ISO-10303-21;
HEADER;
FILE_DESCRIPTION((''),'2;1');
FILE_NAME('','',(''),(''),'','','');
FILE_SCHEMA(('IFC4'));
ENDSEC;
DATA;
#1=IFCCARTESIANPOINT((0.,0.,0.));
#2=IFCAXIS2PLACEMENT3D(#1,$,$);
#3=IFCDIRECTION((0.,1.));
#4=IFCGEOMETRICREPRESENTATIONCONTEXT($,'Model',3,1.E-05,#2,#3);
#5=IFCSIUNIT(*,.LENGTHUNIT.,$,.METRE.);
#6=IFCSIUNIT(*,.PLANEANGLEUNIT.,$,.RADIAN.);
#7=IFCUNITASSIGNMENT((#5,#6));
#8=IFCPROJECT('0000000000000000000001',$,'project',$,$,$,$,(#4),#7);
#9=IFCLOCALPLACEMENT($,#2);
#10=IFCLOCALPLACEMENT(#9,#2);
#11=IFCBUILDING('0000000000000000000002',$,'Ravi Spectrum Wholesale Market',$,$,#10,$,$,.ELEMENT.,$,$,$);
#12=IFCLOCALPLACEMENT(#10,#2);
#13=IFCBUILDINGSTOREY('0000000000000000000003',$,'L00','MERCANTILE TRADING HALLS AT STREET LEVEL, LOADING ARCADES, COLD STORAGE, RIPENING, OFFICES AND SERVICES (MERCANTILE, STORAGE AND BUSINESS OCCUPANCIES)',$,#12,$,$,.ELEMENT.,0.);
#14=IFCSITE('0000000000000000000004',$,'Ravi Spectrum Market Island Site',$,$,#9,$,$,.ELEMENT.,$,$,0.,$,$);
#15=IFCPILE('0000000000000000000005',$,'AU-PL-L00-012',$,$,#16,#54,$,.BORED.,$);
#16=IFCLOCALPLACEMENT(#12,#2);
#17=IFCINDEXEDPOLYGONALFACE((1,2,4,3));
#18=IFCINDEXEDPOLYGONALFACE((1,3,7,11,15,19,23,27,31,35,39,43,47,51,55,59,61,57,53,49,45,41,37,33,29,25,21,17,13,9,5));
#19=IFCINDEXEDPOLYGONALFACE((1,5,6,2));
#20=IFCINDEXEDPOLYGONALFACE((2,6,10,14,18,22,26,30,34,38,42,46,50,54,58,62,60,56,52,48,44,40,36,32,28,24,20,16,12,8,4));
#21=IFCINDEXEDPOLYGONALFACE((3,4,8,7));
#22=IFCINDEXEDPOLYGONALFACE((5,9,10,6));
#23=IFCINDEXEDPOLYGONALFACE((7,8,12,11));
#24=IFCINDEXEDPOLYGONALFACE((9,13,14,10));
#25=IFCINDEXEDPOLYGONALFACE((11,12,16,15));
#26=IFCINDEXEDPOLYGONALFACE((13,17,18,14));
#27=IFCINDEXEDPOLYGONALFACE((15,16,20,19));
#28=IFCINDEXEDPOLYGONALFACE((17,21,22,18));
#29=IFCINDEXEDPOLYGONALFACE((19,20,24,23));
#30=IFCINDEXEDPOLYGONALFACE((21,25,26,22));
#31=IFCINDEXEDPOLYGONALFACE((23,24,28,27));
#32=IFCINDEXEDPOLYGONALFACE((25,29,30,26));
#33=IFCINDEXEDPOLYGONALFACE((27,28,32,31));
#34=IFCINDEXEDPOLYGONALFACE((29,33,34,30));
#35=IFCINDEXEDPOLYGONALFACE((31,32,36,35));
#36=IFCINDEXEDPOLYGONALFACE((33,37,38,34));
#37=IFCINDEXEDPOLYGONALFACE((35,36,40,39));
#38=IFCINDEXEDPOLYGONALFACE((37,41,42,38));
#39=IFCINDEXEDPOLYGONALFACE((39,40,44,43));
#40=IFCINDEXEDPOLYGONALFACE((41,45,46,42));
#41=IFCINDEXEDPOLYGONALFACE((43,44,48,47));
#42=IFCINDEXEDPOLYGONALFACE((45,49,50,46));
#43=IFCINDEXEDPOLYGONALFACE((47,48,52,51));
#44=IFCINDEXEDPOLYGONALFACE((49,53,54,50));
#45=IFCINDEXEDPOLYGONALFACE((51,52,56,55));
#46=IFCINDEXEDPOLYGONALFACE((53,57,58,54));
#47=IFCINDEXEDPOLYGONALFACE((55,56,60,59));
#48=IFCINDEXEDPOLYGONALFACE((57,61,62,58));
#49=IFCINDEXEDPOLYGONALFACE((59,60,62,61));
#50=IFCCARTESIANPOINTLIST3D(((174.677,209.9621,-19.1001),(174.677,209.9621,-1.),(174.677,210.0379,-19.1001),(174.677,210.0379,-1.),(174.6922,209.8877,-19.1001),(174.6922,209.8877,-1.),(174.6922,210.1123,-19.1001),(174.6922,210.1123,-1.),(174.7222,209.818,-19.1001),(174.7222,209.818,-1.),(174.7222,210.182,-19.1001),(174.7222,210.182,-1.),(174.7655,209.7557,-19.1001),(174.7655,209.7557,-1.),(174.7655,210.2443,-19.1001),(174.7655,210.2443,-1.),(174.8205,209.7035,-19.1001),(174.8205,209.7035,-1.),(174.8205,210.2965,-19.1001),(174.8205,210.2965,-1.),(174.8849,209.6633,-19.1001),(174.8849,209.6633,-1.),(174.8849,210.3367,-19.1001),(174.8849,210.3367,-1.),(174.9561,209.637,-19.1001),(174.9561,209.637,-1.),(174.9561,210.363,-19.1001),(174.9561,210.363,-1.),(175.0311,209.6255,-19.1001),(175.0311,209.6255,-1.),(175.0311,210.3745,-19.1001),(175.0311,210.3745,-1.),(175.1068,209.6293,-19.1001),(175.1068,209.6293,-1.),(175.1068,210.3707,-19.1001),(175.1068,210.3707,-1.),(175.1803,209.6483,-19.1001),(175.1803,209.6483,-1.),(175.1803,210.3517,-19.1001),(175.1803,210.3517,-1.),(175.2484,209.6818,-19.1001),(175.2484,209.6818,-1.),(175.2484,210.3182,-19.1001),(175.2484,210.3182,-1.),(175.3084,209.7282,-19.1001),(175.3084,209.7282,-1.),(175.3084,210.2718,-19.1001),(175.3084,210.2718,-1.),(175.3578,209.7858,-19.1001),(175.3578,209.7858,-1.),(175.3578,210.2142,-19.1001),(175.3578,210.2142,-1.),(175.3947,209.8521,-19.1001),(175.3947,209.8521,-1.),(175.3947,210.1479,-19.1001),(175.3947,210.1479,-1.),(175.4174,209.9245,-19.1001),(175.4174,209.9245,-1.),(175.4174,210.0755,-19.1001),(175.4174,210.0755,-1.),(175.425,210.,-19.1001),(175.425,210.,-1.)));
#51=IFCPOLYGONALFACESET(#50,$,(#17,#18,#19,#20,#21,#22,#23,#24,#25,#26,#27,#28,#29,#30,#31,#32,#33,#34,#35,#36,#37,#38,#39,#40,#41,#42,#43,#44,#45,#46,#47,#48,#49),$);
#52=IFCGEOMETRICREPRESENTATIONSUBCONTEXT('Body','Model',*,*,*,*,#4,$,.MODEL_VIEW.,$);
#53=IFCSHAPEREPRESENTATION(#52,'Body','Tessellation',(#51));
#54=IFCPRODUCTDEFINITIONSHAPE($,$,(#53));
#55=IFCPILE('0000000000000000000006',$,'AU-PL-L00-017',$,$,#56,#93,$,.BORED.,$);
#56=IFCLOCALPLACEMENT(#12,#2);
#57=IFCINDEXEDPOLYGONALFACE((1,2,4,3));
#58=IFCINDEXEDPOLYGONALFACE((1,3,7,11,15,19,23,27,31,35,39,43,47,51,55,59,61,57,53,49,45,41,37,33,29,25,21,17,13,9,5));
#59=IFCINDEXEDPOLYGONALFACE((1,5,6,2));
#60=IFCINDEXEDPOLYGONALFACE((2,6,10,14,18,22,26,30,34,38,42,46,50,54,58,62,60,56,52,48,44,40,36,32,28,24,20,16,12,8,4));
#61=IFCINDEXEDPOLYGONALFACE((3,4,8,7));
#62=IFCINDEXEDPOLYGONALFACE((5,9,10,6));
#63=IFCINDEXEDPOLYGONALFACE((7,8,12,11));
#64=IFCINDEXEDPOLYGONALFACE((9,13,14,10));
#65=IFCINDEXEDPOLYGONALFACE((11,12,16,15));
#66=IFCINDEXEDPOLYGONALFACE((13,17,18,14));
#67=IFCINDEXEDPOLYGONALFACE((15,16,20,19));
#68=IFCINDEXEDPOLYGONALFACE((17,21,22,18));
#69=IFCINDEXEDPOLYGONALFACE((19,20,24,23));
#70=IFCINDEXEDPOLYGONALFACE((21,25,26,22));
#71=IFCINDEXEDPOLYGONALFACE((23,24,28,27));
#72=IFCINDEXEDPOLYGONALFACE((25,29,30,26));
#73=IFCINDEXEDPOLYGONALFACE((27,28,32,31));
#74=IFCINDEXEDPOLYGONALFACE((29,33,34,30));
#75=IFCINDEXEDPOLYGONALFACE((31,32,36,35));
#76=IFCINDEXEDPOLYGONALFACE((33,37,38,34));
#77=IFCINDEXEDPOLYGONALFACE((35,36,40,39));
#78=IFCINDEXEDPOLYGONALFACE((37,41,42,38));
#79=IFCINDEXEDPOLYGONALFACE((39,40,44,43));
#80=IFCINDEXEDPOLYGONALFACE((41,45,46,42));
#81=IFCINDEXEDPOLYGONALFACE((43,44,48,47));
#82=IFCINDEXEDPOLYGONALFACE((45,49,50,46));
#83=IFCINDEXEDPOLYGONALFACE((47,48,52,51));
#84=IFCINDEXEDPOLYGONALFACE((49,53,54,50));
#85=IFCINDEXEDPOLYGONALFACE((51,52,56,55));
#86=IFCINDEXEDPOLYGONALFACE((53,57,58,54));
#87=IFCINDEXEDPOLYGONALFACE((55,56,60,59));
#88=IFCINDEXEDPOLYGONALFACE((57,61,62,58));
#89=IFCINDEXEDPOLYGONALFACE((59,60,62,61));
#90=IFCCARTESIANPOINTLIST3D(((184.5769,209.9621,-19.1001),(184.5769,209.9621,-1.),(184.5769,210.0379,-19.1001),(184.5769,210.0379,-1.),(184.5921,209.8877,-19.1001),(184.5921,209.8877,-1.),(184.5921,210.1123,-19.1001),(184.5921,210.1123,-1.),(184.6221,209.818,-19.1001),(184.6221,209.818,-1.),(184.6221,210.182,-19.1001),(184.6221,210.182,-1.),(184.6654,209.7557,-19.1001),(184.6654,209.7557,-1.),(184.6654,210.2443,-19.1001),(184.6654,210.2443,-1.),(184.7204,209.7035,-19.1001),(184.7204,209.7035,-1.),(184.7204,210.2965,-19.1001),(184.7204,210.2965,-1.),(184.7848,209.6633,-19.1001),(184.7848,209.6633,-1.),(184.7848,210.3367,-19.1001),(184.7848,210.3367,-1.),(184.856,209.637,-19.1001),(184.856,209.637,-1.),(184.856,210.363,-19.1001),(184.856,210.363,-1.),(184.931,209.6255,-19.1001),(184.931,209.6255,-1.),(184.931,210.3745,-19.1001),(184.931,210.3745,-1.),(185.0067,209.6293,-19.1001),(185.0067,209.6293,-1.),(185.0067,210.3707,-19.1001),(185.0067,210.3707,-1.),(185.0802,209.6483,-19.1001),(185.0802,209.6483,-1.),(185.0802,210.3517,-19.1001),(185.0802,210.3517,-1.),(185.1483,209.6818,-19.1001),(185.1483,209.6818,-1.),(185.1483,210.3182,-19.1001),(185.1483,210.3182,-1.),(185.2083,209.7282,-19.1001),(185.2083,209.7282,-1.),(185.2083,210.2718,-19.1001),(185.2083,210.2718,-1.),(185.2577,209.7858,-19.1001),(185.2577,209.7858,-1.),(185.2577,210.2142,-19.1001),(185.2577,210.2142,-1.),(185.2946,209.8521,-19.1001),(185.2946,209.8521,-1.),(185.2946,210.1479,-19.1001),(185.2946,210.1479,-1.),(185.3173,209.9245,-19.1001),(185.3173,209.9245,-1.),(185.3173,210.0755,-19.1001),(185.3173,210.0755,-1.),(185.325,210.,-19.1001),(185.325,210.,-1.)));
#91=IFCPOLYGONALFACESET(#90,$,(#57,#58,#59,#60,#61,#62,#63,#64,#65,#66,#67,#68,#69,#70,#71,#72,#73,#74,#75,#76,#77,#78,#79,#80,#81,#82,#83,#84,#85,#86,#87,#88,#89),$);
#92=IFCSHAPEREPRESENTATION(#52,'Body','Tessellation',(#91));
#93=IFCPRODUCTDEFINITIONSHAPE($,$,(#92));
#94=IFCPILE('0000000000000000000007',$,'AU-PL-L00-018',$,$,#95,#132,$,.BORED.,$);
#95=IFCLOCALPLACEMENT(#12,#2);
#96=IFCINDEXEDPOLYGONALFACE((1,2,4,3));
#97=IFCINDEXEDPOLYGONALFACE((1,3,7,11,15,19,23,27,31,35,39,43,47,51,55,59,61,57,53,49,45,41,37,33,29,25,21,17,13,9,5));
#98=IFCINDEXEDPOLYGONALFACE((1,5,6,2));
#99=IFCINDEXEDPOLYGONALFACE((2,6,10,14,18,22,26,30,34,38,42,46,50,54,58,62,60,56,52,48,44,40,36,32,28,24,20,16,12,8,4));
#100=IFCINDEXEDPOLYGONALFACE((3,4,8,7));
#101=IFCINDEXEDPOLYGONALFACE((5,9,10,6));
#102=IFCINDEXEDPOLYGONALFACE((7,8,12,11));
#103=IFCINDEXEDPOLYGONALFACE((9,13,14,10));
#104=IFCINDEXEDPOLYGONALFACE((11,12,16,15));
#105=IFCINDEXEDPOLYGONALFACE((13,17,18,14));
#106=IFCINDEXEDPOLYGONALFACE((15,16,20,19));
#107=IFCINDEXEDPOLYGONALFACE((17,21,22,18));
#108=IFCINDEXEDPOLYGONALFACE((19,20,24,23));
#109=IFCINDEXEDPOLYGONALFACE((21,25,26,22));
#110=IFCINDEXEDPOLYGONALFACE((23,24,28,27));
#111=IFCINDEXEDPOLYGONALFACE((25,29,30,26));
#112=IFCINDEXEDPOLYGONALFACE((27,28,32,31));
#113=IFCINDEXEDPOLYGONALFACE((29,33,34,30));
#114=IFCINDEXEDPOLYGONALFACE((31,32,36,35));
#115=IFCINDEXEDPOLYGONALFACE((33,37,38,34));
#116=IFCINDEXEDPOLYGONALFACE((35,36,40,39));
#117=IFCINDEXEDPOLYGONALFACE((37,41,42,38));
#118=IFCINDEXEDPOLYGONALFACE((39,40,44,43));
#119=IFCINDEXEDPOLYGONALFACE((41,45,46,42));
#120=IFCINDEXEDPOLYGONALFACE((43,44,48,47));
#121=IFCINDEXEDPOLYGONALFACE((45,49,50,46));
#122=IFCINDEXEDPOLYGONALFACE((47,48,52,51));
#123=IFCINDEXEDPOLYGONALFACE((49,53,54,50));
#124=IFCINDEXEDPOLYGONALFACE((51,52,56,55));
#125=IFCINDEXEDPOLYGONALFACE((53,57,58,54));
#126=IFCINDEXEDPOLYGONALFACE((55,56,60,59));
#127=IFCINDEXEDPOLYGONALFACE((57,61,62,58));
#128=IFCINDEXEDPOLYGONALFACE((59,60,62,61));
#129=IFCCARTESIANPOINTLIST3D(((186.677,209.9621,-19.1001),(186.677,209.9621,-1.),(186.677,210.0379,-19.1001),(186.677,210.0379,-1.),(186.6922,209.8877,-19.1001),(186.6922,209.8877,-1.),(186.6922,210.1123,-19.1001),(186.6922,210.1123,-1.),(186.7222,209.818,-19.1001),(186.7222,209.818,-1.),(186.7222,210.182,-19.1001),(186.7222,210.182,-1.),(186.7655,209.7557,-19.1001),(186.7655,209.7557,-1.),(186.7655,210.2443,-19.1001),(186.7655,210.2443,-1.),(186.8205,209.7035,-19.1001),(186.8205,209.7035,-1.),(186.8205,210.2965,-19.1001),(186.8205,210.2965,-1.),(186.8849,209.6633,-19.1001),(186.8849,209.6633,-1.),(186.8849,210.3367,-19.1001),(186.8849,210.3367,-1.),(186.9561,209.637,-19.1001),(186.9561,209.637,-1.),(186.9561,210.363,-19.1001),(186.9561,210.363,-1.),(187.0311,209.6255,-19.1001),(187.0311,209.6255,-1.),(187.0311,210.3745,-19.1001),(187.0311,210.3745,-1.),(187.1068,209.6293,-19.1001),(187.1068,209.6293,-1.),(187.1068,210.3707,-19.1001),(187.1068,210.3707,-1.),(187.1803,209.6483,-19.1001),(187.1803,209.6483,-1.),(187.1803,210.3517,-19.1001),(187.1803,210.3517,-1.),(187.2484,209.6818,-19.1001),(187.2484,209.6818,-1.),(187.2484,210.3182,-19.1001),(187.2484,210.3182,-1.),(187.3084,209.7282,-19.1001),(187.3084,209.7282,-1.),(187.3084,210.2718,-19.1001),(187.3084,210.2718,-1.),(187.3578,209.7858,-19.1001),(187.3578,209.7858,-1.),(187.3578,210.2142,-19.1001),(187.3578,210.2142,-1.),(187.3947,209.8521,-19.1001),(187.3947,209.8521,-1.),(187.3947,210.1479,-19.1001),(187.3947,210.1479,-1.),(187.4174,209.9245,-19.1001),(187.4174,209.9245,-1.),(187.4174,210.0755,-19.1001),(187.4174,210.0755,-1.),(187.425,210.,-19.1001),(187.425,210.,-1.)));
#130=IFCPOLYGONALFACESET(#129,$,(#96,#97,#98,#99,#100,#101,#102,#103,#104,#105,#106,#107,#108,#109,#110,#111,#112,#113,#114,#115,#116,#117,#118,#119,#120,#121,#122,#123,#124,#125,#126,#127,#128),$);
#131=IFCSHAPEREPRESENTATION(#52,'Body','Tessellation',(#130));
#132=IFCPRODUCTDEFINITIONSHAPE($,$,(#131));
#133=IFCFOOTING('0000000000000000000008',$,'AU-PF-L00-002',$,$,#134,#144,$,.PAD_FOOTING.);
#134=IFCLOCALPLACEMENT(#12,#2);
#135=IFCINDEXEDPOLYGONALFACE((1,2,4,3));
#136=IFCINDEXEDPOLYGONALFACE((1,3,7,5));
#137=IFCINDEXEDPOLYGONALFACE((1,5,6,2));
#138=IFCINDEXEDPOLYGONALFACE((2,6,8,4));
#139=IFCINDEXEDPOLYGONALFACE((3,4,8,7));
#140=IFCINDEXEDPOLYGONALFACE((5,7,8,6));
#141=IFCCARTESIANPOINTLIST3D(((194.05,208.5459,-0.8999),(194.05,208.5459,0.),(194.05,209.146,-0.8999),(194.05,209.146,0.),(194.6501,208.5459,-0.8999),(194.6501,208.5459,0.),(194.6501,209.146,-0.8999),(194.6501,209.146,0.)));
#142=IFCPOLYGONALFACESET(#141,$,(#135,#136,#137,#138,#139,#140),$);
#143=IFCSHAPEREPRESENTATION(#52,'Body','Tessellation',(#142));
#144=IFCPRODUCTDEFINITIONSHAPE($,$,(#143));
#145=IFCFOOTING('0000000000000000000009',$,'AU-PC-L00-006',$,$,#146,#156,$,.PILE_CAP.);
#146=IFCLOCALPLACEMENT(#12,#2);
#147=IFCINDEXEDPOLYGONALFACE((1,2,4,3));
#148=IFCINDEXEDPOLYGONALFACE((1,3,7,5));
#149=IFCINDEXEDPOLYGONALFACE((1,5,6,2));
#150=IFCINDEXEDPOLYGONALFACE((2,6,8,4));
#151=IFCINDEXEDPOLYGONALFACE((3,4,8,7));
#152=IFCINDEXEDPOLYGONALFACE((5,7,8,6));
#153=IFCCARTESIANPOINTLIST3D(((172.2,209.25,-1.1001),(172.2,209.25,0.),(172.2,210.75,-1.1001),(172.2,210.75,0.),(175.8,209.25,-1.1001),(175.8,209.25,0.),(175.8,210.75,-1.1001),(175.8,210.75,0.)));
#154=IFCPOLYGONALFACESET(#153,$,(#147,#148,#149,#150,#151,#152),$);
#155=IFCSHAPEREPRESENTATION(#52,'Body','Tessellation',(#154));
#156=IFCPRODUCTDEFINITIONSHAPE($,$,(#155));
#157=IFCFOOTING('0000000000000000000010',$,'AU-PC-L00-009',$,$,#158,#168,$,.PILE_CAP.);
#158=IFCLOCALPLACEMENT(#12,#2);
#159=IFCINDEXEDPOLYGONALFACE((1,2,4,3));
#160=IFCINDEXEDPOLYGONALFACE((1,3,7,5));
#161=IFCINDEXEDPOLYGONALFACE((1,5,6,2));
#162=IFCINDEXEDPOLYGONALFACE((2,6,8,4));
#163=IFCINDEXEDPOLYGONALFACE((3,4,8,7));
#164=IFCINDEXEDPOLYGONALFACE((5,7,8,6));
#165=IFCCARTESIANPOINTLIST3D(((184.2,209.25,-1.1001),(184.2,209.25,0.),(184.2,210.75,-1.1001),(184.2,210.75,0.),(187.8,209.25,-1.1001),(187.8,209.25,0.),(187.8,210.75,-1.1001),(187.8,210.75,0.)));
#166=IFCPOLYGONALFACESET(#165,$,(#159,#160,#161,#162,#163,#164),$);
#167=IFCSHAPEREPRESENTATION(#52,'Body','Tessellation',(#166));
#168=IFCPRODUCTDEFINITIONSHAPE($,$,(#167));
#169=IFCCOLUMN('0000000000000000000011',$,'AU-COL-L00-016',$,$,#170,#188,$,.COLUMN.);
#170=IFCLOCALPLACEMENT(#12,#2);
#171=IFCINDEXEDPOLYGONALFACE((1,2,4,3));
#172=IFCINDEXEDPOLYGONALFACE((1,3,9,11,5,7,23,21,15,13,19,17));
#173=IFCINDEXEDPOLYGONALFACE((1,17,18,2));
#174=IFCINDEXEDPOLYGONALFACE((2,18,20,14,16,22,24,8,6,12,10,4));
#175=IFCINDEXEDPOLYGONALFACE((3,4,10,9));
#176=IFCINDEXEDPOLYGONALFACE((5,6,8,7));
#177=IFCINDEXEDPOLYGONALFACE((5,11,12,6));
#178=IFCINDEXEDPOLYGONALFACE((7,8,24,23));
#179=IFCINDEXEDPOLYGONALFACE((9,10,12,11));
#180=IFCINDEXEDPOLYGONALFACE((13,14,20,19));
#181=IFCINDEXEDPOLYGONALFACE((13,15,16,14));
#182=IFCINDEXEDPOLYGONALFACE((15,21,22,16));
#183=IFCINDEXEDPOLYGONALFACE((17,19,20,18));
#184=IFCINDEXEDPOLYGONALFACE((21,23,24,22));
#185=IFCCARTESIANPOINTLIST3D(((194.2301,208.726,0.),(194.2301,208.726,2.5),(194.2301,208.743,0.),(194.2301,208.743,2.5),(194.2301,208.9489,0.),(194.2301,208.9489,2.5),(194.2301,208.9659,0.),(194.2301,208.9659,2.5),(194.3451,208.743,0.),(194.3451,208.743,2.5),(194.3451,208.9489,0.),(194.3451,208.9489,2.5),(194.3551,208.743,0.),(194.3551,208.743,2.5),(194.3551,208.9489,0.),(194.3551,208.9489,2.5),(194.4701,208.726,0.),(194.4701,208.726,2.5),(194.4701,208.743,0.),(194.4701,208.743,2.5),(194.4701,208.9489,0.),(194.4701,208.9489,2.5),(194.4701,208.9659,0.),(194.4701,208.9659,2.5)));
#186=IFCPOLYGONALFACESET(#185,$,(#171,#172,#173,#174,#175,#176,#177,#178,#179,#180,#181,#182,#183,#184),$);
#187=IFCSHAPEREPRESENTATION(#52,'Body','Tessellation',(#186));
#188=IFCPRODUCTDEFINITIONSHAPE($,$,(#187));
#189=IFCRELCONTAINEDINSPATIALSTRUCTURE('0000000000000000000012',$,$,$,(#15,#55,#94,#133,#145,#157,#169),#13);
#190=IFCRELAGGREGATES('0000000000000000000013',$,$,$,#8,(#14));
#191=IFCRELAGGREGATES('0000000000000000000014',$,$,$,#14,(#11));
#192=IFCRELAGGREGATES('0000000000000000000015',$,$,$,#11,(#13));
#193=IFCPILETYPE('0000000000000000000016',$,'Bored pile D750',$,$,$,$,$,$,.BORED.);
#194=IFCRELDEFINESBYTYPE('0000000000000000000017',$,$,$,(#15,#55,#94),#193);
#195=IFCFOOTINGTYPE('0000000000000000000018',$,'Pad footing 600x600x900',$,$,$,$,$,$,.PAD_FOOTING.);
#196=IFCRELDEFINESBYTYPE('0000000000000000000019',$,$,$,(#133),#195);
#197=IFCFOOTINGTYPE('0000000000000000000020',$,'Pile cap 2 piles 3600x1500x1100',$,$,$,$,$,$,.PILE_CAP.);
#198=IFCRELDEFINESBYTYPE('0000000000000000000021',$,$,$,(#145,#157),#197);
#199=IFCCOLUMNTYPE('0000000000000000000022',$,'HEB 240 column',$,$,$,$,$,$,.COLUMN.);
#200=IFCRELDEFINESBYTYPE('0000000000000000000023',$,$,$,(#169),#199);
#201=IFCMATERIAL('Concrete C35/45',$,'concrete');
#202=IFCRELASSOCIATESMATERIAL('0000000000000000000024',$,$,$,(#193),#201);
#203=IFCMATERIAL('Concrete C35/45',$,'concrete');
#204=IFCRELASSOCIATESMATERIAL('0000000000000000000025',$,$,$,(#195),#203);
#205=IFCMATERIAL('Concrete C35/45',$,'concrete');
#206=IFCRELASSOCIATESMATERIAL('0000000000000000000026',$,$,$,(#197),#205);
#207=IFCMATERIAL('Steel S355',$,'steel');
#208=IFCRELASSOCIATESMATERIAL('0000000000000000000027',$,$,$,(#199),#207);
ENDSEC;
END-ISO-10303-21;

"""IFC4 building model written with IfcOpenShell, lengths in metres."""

from ifc_helpers import new_model, si_unit, direction, frame, origin, origin_2d, place, context, subcontext, project, spatial, rectangle, circle, i_section, extrude, material, material_profile, profile_set, type_object, element, save


model = new_model("IFC4")

# Units and contexts
model_context = context("Model", 3, precision=1e-05, world=origin(), true_north=direction((0.0, 1.0)))
body_context = subcontext(model_context, "Body", "Model", "MODEL_VIEW")
ifc_project = project(units=[si_unit("LENGTHUNIT", "METRE"), si_unit("PLANEANGLEUNIT", "RADIAN")], contexts=[model_context])

# Site, building, storey
site_placement = place(None, origin())
site = spatial("IfcSite", under=ifc_project, at=site_placement, Name="Ravi Spectrum Market Island Site", CompositionType="ELEMENT", RefElevation=0.0)
building_placement = place(site_placement, origin())
building = spatial("IfcBuilding", under=site, at=building_placement, Name="Ravi Spectrum Wholesale Market", CompositionType="ELEMENT")
storey_placement = place(building_placement, origin())
storey = spatial("IfcBuildingStorey", under=building, at=storey_placement, Name="L00", Description="MERCANTILE TRADING HALLS AT STREET LEVEL, LOADING ARCADES, COLD STORAGE, RIPENING, OFFICES AND SERVICES (MERCANTILE, STORAGE AND BUSINESS OCCUPANCIES)", CompositionType="ELEMENT", Elevation=0.0)

# Piles
ifc_material_1 = material(Name="Concrete C35/45", Category="concrete")
ifc_material_profile_1 = material_profile(ifc_material_1, circle(Radius=0.375, at=origin_2d()))
ifc_profile_set_1 = profile_set([ifc_material_profile_1], Name="Concrete C35/45")
pile_type = type_object("IfcPileType", Name="Bored pile D750", PredefinedType="BORED", material=ifc_profile_set_1)
for number, where, z_axis, x_axis, name in (
    (1, (175.05, 210.0, -1.0), (0.0, 0.0, -1.0), (1.0, 0.0, 0.0), "AU-PL-L00-012"),
    (2, (184.95, 210.0, -1.0), (0.0, 0.0, -1.0), (1.0, 0.0, 0.0), "AU-PL-L00-017"),
    (3, (187.05, 210.0, -1.0), (0.0, 0.0, -1.0), (1.0, 0.0, 0.0), "AU-PL-L00-018"),
):
    element("IfcPile", number, at=place(storey_placement, frame(where, z_axis=z_axis, x_axis=x_axis)), inside=storey, type_object=pile_type, Name=name, PredefinedType="BORED", context=body_context, shape_type="SweptSolid", body=[
        extrude(circle(Radius=0.375, at=origin_2d()), origin(), (0.0, 0.0, 1.0), 18.1001),
    ])

# Footings
ifc_material_2 = material(Name="Concrete C35/45", Category="concrete")
footing_type_1 = type_object("IfcFootingType", Name="Pad footing 600x600x900", PredefinedType="PAD_FOOTING", material=ifc_material_2)
footing_placement = place(storey_placement, frame((194.3501, 208.8459, -0.8999), z_axis=(0.0, 0.0, 1.0), x_axis=(1.0, 0.0, 0.0)))
element("IfcFooting", 4, at=footing_placement, inside=storey, type_object=footing_type_1, Name="AU-PF-L00-002", PredefinedType="PAD_FOOTING", context=body_context, shape_type="SweptSolid", body=[
    extrude(rectangle(XDim=0.6001, YDim=0.6001, at=origin_2d()), origin(), (0.0, 0.0, 1.0), 0.8999),
])
ifc_material_3 = material(Name="Concrete C35/45", Category="concrete")
footing_type_2 = type_object("IfcFootingType", Name="Pile cap 2 piles 3600x1500x1100", PredefinedType="PILE_CAP", material=ifc_material_3)
for number, where, z_axis, x_axis, name in (
    (5, (174.0, 210.0, -1.1001), (0.0, 0.0, 1.0), (1.0, 0.0, 0.0), "AU-PC-L00-006"),
    (6, (186.0, 210.0, -1.1001), (0.0, 0.0, 1.0), (1.0, 0.0, 0.0), "AU-PC-L00-009"),
):
    element("IfcFooting", number, at=place(storey_placement, frame(where, z_axis=z_axis, x_axis=x_axis)), inside=storey, type_object=footing_type_2, Name=name, PredefinedType="PILE_CAP", context=body_context, shape_type="SweptSolid", body=[
        extrude(rectangle(XDim=3.6001, YDim=1.5, at=origin_2d()), origin(), (0.0, 0.0, 1.0), 1.1001),
    ])

# Column
ifc_material_4 = material(Name="Steel S355", Category="steel")
ifc_material_profile_2 = material_profile(ifc_material_4, i_section(OverallWidth=0.24, OverallDepth=0.24, WebThickness=0.01, FlangeThickness=0.0171, at=origin_2d()))
ifc_profile_set_2 = profile_set([ifc_material_profile_2], Name="Steel S355")
column_type_1 = type_object("IfcColumnType", Name="HEB 240 column", PredefinedType="COLUMN", material=ifc_profile_set_2)
column_placement = place(storey_placement, frame((194.3501, 208.8459, 0.0), z_axis=(0.0, 0.0, 1.0), x_axis=(1.0, 0.0, 0.0)))
element("IfcColumn", 7, at=column_placement, inside=storey, type_object=column_type_1, Name="AU-COL-L00-016", PredefinedType="COLUMN", context=body_context, shape_type="SweptSolid", body=[
    extrude(i_section(OverallWidth=0.24, OverallDepth=0.24, WebThickness=0.01, FlangeThickness=0.0171, at=origin_2d()), origin(), (0.0, 0.0, 1.0), 2.5),
])

save(model, "model.ifc")
